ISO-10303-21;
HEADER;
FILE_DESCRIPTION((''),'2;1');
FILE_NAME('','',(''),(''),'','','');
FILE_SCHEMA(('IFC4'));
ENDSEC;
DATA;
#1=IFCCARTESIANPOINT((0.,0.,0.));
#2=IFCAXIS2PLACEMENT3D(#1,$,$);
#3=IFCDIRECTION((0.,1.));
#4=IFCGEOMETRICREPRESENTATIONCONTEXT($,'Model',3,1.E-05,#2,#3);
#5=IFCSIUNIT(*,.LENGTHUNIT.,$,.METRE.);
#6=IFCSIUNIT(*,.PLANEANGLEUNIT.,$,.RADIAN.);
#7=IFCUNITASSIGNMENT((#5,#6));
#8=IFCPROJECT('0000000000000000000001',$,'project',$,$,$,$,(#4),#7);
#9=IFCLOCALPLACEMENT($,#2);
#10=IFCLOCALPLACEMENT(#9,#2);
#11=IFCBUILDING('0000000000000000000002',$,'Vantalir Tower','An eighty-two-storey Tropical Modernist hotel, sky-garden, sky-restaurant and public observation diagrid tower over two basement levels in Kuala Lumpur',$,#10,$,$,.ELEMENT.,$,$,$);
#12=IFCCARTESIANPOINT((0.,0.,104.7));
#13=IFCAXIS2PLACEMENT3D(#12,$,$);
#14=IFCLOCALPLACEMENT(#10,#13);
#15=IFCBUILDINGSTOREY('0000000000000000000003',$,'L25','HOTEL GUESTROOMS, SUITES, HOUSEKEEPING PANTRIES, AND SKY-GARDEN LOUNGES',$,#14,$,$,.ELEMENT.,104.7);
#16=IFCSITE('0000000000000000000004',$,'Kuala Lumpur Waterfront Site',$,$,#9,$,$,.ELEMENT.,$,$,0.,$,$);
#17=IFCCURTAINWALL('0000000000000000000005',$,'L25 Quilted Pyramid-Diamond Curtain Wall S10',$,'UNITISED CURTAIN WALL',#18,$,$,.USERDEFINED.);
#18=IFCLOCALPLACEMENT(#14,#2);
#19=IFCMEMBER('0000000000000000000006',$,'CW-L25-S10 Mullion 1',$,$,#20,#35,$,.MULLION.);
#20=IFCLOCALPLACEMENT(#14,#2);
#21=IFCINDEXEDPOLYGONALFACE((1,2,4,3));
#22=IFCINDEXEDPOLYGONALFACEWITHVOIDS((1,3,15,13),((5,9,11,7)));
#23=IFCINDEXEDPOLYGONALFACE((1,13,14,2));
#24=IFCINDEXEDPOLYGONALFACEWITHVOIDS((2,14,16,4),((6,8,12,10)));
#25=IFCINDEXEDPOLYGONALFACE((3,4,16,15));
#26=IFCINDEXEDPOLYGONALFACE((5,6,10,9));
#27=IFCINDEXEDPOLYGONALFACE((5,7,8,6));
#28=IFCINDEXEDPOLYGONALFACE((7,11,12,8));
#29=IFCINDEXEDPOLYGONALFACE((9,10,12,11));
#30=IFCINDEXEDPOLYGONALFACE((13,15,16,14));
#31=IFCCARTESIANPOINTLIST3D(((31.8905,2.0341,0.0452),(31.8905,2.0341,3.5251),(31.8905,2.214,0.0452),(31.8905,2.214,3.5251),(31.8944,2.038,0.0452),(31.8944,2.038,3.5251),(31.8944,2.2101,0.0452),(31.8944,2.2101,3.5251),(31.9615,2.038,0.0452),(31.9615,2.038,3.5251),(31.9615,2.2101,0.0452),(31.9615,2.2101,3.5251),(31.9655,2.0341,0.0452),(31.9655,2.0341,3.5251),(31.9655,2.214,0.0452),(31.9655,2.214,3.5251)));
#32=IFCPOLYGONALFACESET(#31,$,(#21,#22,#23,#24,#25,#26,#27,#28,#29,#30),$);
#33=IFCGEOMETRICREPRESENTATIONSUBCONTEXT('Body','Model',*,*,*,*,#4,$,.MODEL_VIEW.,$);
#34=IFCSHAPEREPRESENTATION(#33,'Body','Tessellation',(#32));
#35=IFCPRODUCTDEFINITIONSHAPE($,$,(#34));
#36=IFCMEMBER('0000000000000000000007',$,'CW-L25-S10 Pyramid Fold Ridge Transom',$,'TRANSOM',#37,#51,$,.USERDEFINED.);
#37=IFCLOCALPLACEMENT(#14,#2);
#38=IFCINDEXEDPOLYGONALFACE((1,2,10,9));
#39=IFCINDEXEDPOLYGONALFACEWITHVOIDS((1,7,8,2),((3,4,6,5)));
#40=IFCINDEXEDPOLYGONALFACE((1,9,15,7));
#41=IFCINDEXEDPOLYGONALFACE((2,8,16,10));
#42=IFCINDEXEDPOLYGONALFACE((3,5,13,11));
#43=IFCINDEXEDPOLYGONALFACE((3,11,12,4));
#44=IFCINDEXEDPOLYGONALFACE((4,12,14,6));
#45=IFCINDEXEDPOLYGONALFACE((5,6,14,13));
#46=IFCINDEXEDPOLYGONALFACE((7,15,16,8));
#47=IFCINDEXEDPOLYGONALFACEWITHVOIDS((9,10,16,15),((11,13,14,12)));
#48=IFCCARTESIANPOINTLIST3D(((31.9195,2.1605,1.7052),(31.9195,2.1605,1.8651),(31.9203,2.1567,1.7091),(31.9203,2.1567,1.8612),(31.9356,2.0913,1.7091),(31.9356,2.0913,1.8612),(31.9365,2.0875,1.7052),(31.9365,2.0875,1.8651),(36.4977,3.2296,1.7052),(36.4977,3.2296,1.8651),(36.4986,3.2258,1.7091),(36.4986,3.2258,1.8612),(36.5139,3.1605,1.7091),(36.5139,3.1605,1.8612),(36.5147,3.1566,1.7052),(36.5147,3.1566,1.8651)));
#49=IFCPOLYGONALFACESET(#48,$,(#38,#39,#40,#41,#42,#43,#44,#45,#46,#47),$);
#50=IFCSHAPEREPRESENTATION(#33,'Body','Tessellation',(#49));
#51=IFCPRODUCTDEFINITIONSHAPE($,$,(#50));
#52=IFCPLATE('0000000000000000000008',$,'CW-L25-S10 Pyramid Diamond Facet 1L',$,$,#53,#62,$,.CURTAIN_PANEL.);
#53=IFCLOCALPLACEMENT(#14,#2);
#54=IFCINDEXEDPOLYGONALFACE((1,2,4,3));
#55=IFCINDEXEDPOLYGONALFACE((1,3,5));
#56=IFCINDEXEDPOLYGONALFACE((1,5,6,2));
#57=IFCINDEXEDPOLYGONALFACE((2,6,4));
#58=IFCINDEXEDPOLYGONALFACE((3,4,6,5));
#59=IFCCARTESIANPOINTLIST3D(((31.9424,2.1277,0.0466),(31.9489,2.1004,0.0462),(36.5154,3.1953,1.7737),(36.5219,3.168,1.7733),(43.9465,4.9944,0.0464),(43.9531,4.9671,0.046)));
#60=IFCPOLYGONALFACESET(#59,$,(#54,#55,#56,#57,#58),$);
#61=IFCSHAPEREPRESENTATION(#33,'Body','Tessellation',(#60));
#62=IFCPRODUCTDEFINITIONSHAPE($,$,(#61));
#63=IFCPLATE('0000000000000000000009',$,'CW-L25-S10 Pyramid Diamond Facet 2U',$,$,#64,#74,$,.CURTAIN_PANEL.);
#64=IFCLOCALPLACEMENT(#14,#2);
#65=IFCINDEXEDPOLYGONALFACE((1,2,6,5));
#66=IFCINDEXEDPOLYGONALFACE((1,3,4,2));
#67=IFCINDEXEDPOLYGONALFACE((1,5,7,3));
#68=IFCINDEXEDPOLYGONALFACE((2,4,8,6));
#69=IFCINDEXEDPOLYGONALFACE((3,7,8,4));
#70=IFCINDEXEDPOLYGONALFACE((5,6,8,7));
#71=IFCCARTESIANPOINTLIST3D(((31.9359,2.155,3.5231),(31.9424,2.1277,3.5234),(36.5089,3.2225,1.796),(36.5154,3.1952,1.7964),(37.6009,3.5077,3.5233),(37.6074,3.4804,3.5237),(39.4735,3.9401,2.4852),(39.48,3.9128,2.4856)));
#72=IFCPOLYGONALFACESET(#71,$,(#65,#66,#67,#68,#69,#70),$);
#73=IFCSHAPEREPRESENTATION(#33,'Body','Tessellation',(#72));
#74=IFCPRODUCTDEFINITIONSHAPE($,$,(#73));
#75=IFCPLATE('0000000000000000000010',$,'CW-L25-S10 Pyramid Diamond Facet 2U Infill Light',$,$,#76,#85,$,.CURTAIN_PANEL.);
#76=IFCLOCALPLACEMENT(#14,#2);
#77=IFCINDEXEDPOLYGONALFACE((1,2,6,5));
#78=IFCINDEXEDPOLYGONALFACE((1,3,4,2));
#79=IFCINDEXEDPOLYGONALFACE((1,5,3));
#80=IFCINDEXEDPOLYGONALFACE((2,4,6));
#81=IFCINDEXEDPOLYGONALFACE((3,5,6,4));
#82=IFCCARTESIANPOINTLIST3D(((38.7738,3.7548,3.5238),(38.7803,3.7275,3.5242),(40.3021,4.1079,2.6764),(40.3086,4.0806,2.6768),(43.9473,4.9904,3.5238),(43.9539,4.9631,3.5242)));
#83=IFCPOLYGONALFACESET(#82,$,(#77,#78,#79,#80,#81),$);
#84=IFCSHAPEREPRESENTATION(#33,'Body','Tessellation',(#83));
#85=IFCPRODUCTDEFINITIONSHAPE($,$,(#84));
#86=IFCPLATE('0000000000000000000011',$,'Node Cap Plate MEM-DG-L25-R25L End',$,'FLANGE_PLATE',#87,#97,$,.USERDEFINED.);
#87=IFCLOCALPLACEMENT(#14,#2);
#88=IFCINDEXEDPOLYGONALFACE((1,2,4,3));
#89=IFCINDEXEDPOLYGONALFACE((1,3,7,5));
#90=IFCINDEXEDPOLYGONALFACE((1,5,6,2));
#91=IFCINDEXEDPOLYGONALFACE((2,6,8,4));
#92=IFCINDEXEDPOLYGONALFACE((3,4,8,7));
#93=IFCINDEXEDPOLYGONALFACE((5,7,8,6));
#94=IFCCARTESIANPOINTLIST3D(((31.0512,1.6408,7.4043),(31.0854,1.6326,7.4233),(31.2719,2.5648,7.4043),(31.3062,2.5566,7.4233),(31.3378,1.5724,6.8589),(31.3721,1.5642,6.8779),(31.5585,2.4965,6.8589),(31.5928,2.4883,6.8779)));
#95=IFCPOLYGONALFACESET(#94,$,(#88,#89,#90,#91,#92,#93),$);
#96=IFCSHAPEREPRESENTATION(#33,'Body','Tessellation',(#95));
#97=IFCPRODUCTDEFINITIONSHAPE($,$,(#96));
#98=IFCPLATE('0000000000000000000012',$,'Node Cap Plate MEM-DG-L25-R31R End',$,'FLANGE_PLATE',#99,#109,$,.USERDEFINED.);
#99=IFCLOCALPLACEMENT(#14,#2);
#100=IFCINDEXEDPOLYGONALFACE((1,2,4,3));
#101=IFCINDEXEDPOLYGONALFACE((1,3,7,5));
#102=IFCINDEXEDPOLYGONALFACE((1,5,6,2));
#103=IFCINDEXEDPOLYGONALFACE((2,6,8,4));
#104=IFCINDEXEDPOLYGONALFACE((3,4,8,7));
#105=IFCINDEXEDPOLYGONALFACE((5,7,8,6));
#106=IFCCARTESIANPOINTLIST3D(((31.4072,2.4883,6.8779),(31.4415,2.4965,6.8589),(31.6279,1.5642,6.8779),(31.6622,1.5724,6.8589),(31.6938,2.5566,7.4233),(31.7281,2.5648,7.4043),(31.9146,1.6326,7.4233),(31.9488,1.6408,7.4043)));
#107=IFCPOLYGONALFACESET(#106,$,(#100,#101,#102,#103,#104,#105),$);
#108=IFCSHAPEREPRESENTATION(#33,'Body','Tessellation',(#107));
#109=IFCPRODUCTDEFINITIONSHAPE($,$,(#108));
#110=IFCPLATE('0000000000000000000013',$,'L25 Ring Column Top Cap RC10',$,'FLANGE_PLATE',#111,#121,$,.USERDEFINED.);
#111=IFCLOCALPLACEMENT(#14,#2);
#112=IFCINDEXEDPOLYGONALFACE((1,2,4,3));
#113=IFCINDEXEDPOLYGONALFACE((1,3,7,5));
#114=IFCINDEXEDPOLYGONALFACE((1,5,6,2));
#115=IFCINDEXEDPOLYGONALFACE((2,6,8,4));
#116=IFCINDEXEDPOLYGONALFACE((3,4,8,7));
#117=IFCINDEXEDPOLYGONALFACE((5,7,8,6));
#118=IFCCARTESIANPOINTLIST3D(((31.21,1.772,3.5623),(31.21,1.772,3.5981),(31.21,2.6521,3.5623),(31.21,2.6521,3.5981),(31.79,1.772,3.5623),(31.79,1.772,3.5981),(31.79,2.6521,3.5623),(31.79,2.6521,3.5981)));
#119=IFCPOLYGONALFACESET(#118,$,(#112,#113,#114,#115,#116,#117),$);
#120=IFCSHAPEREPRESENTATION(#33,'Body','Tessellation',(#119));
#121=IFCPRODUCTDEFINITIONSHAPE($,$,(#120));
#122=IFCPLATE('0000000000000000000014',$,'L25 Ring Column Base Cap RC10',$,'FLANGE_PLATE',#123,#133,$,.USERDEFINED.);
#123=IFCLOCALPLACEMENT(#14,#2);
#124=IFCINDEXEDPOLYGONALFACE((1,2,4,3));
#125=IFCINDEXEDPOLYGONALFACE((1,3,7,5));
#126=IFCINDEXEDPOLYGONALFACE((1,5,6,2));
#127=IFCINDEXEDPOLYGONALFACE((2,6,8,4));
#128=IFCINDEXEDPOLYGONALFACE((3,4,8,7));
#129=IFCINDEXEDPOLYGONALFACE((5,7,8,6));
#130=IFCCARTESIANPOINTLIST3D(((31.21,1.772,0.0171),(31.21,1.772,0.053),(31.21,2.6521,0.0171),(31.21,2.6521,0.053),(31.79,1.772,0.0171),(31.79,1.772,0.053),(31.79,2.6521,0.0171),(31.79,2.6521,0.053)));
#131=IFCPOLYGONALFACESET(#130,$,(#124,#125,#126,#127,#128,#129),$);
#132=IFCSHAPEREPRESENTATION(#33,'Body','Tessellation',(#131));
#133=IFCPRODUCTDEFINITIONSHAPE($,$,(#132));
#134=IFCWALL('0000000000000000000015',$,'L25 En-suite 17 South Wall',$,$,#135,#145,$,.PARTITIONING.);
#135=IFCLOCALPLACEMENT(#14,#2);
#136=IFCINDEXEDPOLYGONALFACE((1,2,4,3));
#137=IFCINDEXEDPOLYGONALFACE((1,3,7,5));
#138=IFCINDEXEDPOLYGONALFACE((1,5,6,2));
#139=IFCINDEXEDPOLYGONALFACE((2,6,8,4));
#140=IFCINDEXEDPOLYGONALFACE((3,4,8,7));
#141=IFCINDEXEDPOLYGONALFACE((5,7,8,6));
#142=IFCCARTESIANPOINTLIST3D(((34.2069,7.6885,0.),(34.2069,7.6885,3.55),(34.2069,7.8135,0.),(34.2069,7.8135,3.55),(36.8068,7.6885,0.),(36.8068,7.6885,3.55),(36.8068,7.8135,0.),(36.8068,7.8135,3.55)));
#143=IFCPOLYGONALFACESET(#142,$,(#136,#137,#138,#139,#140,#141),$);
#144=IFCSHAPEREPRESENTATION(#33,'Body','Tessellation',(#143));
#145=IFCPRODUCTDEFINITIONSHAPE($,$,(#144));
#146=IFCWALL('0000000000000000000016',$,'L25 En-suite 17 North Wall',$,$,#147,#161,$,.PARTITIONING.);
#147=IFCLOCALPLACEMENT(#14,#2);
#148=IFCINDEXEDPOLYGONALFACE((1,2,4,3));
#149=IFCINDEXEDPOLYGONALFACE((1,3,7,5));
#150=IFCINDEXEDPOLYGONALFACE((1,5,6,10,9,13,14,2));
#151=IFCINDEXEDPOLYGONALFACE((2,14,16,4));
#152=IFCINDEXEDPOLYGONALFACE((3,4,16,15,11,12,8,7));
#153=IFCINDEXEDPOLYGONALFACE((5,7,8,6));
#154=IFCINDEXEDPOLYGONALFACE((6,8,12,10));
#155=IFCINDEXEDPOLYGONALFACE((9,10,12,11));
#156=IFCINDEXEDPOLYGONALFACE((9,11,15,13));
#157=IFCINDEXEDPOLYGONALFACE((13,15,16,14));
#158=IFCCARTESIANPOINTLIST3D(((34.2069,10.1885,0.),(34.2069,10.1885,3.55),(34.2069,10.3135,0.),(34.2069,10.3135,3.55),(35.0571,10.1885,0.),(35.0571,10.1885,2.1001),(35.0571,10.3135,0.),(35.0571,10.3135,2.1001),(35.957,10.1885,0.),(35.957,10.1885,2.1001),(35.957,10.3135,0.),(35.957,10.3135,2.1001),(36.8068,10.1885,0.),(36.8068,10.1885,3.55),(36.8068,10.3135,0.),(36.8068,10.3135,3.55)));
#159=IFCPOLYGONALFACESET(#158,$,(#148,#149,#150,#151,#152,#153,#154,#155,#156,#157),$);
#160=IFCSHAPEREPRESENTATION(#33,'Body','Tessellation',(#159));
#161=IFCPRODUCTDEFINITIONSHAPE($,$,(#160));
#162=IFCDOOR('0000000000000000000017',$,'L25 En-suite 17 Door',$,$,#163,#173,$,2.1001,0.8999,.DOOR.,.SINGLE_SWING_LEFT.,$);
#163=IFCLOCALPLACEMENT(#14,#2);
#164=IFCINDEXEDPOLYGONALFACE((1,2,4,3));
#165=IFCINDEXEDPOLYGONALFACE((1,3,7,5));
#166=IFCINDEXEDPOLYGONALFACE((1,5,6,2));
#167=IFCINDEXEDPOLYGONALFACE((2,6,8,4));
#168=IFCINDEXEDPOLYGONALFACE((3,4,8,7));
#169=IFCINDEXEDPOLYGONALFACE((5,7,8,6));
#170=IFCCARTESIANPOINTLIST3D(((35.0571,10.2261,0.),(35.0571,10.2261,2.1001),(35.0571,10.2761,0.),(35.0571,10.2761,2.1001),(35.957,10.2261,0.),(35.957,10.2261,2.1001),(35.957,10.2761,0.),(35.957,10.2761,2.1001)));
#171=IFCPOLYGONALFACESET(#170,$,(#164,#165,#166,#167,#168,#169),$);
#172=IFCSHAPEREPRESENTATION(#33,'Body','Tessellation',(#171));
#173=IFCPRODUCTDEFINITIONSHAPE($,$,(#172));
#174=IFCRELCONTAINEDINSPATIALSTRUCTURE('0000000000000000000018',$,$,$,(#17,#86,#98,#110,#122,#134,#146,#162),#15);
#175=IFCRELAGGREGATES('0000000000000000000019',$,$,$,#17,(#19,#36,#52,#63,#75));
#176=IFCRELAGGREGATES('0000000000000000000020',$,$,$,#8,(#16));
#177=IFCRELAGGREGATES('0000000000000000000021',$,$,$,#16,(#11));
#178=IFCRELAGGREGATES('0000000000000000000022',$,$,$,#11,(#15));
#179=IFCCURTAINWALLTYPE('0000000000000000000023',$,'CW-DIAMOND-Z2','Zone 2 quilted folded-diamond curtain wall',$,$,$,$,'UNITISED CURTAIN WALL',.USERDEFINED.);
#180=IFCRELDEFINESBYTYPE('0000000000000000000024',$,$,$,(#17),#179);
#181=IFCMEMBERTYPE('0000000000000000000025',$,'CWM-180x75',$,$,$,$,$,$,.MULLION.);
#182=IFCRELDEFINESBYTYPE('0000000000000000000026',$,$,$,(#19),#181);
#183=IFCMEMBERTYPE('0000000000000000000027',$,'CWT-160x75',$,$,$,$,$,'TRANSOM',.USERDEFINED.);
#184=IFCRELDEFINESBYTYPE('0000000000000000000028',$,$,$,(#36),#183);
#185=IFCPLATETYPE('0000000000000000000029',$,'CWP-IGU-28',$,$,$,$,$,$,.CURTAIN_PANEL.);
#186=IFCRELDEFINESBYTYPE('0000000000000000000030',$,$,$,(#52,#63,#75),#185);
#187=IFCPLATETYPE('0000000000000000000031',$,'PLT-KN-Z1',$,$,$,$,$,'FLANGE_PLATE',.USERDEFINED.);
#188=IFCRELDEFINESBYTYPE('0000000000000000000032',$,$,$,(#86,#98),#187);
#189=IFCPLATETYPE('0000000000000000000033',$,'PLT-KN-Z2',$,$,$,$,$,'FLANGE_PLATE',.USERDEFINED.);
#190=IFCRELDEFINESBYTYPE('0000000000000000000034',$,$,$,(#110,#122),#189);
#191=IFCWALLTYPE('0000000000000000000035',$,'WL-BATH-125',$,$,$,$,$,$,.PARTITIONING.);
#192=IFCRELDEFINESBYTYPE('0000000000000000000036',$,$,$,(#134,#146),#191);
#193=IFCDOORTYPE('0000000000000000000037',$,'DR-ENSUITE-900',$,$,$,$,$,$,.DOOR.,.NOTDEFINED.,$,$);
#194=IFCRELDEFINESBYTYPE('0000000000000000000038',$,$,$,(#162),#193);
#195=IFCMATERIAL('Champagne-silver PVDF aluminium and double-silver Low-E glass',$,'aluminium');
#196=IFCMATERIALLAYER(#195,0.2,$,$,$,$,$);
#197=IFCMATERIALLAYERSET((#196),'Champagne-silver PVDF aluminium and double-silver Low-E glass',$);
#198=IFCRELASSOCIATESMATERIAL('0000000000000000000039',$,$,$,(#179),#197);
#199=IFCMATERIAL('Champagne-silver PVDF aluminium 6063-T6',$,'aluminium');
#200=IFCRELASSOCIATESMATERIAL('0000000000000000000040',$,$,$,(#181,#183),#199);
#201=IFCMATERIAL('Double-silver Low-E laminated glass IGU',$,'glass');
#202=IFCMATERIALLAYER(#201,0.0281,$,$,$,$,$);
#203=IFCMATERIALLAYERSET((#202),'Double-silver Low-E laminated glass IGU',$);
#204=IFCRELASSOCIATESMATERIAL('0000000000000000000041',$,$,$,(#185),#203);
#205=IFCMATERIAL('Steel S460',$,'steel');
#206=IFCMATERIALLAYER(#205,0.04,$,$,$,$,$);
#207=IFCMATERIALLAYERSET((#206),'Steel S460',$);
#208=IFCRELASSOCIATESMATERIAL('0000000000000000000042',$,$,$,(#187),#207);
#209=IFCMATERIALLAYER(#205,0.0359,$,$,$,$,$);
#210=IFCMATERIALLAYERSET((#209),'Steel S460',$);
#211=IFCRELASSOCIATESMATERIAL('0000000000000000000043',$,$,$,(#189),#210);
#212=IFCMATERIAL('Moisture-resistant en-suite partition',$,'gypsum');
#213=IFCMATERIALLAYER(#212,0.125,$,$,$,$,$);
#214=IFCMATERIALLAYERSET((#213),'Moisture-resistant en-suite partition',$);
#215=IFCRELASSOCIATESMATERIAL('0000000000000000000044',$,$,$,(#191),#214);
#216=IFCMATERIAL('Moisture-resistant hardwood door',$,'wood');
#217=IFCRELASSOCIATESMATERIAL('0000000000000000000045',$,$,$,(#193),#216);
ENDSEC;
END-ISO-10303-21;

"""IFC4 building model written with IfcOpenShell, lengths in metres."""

from ifc_helpers import new_model, si_unit, direction, frame, frame_2d, origin, origin_2d, place, context, subcontext, project, spatial, polyline, rectangle, hollow_rectangle, outline, extrude, material, layer, layer_set, material_profile, profile_set, type_object, element, fill, aggregate, save


model = new_model("IFC4")

# Units and contexts
model_context = context("Model", 3, precision=1e-05, world=origin(), true_north=direction((0.0, 1.0)))
body_context = subcontext(model_context, "Body", "Model", "MODEL_VIEW")
ifc_project = project(units=[si_unit("LENGTHUNIT", "METRE"), si_unit("PLANEANGLEUNIT", "RADIAN")], contexts=[model_context])

# Site, building, storey
site_placement = place(None, origin())
site = spatial("IfcSite", under=ifc_project, at=site_placement, Name="Kuala Lumpur Waterfront Site", CompositionType="ELEMENT", RefElevation=0.0)
building_placement = place(site_placement, origin())
building = spatial("IfcBuilding", under=site, at=building_placement, Name="Vantalir Tower", Description="An eighty-two-storey Tropical Modernist hotel, sky-garden, sky-restaurant and public observation diagrid tower over two basement levels in Kuala Lumpur", CompositionType="ELEMENT")
storey_placement = place(building_placement, frame((0.0, 0.0, 104.7)))
storey = spatial("IfcBuildingStorey", under=building, at=storey_placement, Name="L25", Description="HOTEL GUESTROOMS, SUITES, HOUSEKEEPING PANTRIES, AND SKY-GARDEN LOUNGES", CompositionType="ELEMENT", Elevation=104.7)

# Shared definitions
ifc_material_1 = material(Name="Steel S460", Category="steel")

# Shared definitions
ifc_material_2 = material(Name="Champagne-silver PVDF aluminium and double-silver Low-E glass", Category="aluminium")
ifc_layer_1 = layer(ifc_material_2, 0.2)
ifc_layer_set_1 = layer_set([ifc_layer_1], Name="Champagne-silver PVDF aluminium and double-silver Low-E glass")
curtain_wall_type = type_object("IfcCurtainWallType", Name="CW-DIAMOND-Z2", Description="Zone 2 quilted folded-diamond curtain wall", ElementType="UNITISED CURTAIN WALL", PredefinedType="USERDEFINED", material=ifc_layer_set_1)
ifc_material_3 = material(Name="Champagne-silver PVDF aluminium 6063-T6", Category="aluminium")
ifc_material_profile_1 = material_profile(ifc_material_3, hollow_rectangle(XDim=0.075, YDim=0.1799, WallThickness=0.0039, at=origin_2d()), Name="Champagne-silver PVDF aluminium 6063-T6")
ifc_profile_set_1 = profile_set([ifc_material_profile_1], Name="Champagne-silver PVDF aluminium 6063-T6")
member_type_1 = type_object("IfcMemberType", Name="CWM-180x75", PredefinedType="MULLION", material=ifc_profile_set_1)

# Curtain wall, members, plates
curtain_wall_1_placement = place(storey_placement, origin())
curtain_wall_1 = element("IfcCurtainWall", 1, at=curtain_wall_1_placement, inside=storey, type_object=curtain_wall_type, Name="L25 Quilted Pyramid-Diamond Curtain Wall S10", ObjectType="UNITISED CURTAIN WALL", PredefinedType="USERDEFINED")
member_1_placement = place(storey_placement, frame((31.928, 2.124, 0.0452), z_axis=(0.0, 0.0, 1.0), x_axis=(1.0, 0.0, 0.0)))
member_1 = element("IfcMember", 2, at=member_1_placement, type_object=member_type_1, Name="CW-L25-S10 Mullion 1", PredefinedType="MULLION", context=body_context, shape_type="SweptSolid", body=[
    extrude(hollow_rectangle(XDim=0.075, YDim=0.1799, WallThickness=0.0039, at=origin_2d()), origin(), (0.0, 0.0, 1.0), 3.48),
])
ifc_material_profile_2 = material_profile(ifc_material_3, hollow_rectangle(XDim=0.075, YDim=0.1599, WallThickness=0.0039, at=origin_2d()), Name="Champagne-silver PVDF aluminium 6063-T6")
ifc_profile_set_2 = profile_set([ifc_material_profile_2], Name="Champagne-silver PVDF aluminium 6063-T6")
member_type_2 = type_object("IfcMemberType", Name="CWT-160x75", ElementType="TRANSOM", PredefinedType="USERDEFINED", material=ifc_profile_set_2)
member_2_placement = place(storey_placement, frame((31.928, 2.124, 1.7852), z_axis=(0.973801, 0.227404, 0.0), x_axis=(-0.227404, 0.973801, 0.0)))
member_2 = element("IfcMember", 3, at=member_2_placement, type_object=member_type_2, Name="CW-L25-S10 Pyramid Fold Ridge Transom", ObjectType="TRANSOM", PredefinedType="USERDEFINED", context=body_context, shape_type="SweptSolid", body=[
    extrude(hollow_rectangle(XDim=0.075, YDim=0.1599, WallThickness=0.0039, at=origin_2d()), origin(), (0.0, 0.0, 1.0), 4.7014),
])
ifc_material_4 = material(Name="Double-silver Low-E laminated glass IGU", Category="glass")
ifc_layer_2 = layer(ifc_material_4, 0.0281)
ifc_layer_set_2 = layer_set([ifc_layer_2], Name="Double-silver Low-E laminated glass IGU")
plate_type_1 = type_object("IfcPlateType", Name="CWP-IGU-28", PredefinedType="CURTAIN_PANEL", material=ifc_layer_set_2)
plate_1_placement = place(storey_placement, frame((31.9424, 2.1277, 0.0466), z_axis=(-0.232255, 0.972557, 0.013766), x_axis=(0.97265, 0.232277, -0.00002)))
plate_1 = element("IfcPlate", 4, at=plate_1_placement, type_object=plate_type_1, Name="CW-L25-S10 Pyramid Diamond Facet 1L", PredefinedType="CURTAIN_PANEL", context=body_context, shape_type="SweptSolid", body=[
    extrude(outline(polyline([(0.0, 0.0), (12.3417, 0.0), (4.6959, -1.7273), (0.0, 0.0)])), origin(), (0.0, 0.0, -1.0), 0.0281),
])
plate_2_placement = place(storey_placement, frame((31.9424, 2.1277, 3.5234), z_axis=(0.232228, -0.972564, 0.013739), x_axis=(0.972656, 0.23225, 0.000042)))
plate_2 = element("IfcPlate", 5, at=plate_2_placement, type_object=plate_type_1, Name="CW-L25-S10 Pyramid Diamond Facet 2U", PredefinedType="CURTAIN_PANEL", context=body_context, shape_type="SweptSolid", body=[
    extrude(outline(polyline([(0.0, 0.0), (5.8243, 0.0), (7.746, -1.0383), (4.6958, -1.7274), (0.0, 0.0)])), origin(), (0.0, 0.0, -1.0), 0.0281),
])
plate_3_placement = place(storey_placement, frame((38.7803, 3.7275, 3.5242), z_axis=(0.232273, -0.972554, 0.013747), x_axis=(0.972645, 0.232295, 0.0)))
plate_3 = element("IfcPlate", 6, at=plate_3_placement, type_object=plate_type_1, Name="CW-L25-S10 Pyramid Diamond Facet 2U Infill Light", PredefinedType="CURTAIN_PANEL", context=body_context, shape_type="SweptSolid", body=[
    extrude(outline(polyline([(0.0, 0.0), (5.3191, 0.0), (1.5685, -0.8475), (0.0, 0.0)])), origin(), (0.0, 0.0, -1.0), 0.0281),
])
aggregate(curtain_wall_1, [member_1, member_2, plate_1, plate_2, plate_3])

# Plates
ifc_layer_3 = layer(ifc_material_1, 0.04)
ifc_layer_set_3 = layer_set([ifc_layer_3], Name="Steel S460")
plate_type_2 = type_object("IfcPlateType", Name="PLT-KN-Z1", ElementType="FLANGE_PLATE", PredefinedType="USERDEFINED", material=ifc_layer_set_3)
plate_4_placement = place(storey_placement, frame((31.3721, 1.5642, 6.8779), z_axis=(0.855743, -0.204384, 0.475322), x_axis=(0.232304, 0.972643, 0.0)))
element("IfcPlate", 7, at=plate_4_placement, inside=storey, type_object=plate_type_2, Name="Node Cap Plate MEM-DG-L25-R25L End", ObjectType="FLANGE_PLATE", PredefinedType="USERDEFINED", context=body_context, shape_type="SweptSolid", body=[
    extrude(outline(polyline([(0.0, 0.0), (0.9501, 0.0), (0.95, 0.6199), (-0.0001, 0.6199), (0.0, 0.0)])), origin(), (0.0, 0.0, -1.0), 0.04),
])
plate_5_placement = place(storey_placement, frame((31.4072, 2.4883, 6.8779), z_axis=(-0.855743, -0.204384, 0.475322), x_axis=(0.232304, -0.972643, 0.0)))
element("IfcPlate", 8, at=plate_5_placement, inside=storey, type_object=plate_type_2, Name="Node Cap Plate MEM-DG-L25-R31R End", ObjectType="FLANGE_PLATE", PredefinedType="USERDEFINED", context=body_context, shape_type="SweptSolid", body=[
    extrude(outline(polyline([(0.0, 0.0), (0.9501, 0.0), (0.9502, 0.6199), (0.0001, 0.6199), (0.0, 0.0)])), origin(), (0.0, 0.0, -1.0), 0.04),
])
ifc_layer_4 = layer(ifc_material_1, 0.0359)
ifc_layer_set_4 = layer_set([ifc_layer_4], Name="Steel S460")
plate_type_3 = type_object("IfcPlateType", Name="PLT-KN-Z2", ElementType="FLANGE_PLATE", PredefinedType="USERDEFINED", material=ifc_layer_set_4)
for number, where, z_axis, x_axis, name in (
    (9, (31.21, 2.6521, 3.5981), (0.0, 0.0, 1.0), (0.0, -1.0, 0.0), "L25 Ring Column Top Cap RC10"),
    (10, (31.21, 2.6521, 0.053), (0.0, 0.0, 1.0), (0.0, -1.0, 0.0), "L25 Ring Column Base Cap RC10"),
):
    element("IfcPlate", number, at=place(storey_placement, frame(where, z_axis=z_axis, x_axis=x_axis)), inside=storey, type_object=plate_type_3, Name=name, ObjectType="FLANGE_PLATE", PredefinedType="USERDEFINED", context=body_context, shape_type="SweptSolid", body=[
        extrude(outline(polyline([(0.0, 0.0), (0.8801, 0.0), (0.8801, 0.5801), (0.0, 0.5801), (0.0, 0.0)])), origin(), (0.0, 0.0, -1.0), 0.0359),
    ])

# Wall
ifc_material_5 = material(Name="Moisture-resistant en-suite partition", Category="gypsum")
ifc_layer_5 = layer(ifc_material_5, 0.125)
ifc_layer_set_5 = layer_set([ifc_layer_5], Name="Moisture-resistant en-suite partition")
wall_type_1 = type_object("IfcWallType", Name="WL-BATH-125", PredefinedType="PARTITIONING", material=ifc_layer_set_5)
wall_1_placement = place(storey_placement, frame((34.207, 7.751, 0.0), z_axis=(0.0, 0.0, 1.0), x_axis=(1.0, 0.0, 0.0)))
element("IfcWall", 11, at=wall_1_placement, inside=storey, type_object=wall_type_1, Name="L25 En-suite 17 South Wall", PredefinedType="PARTITIONING", context=body_context, shape_type="SweptSolid", body=[
    extrude(rectangle(XDim=2.5999, YDim=0.125, at=frame_2d((1.2998, 0.0))), origin(), (0.0, 0.0, 1.0), 3.55),
])

# Wall, opening, door
wall_2_placement = place(storey_placement, frame((34.207, 10.251, 0.0), z_axis=(0.0, 0.0, 1.0), x_axis=(1.0, 0.0, 0.0)))
wall_2 = element("IfcWall", 12, at=wall_2_placement, inside=storey, type_object=wall_type_1, Name="L25 En-suite 17 North Wall", PredefinedType="PARTITIONING", context=body_context, shape_type="SweptSolid", body=[
    extrude(rectangle(XDim=2.5999, YDim=0.125, at=frame_2d((1.2998, 0.0))), origin(), (0.0, 0.0, 1.0), 3.55),
])
opening_1_placement = place(wall_2_placement, frame((0.8501, 0.0, 0.0)))
opening_1 = element("IfcOpeningElement", 13, at=opening_1_placement, cuts=wall_2, PredefinedType="OPENING", context=body_context, shape_type="SweptSolid", body=[
    extrude(rectangle(XDim=0.8999, YDim=2.1001, at=frame_2d((0.45, 1.05))), frame((0.0, 0.0725, 0.0), z_axis=(0.0, -1.0, 0.0), x_axis=(1.0, 0.0, 0.0)), (0.0, 0.0, 1.0), 0.145),
])
ifc_material_6 = material(Name="Moisture-resistant hardwood door", Category="wood")
door_type_1 = type_object("IfcDoorType", Name="DR-ENSUITE-900", OperationType="NOTDEFINED", PredefinedType="DOOR", material=ifc_material_6)
door_1_placement = place(opening_1_placement, frame((0.8999, 0.0, 0.0), z_axis=(0.0, 0.0, 1.0), x_axis=(-1.0, 0.0, 0.0)))
door_1 = element("IfcDoor", 14, at=door_1_placement, inside=storey, type_object=door_type_1, Name="L25 En-suite 17 Door", OperationType="SINGLE_SWING_LEFT", OverallHeight=2.1001, OverallWidth=0.8999, PredefinedType="DOOR", context=body_context, shape_type="SweptSolid", body=[
    extrude(rectangle(XDim=0.8999, YDim=2.1001, at=frame_2d((0.45, 1.05))), frame((0.0, 0.0249, 0.0), z_axis=(0.0, -1.0, 0.0), x_axis=(1.0, 0.0, 0.0)), (0.0, 0.0, 1.0), 0.05),
])
fill(opening_1, door_1)

save(model, "model.ifc")
